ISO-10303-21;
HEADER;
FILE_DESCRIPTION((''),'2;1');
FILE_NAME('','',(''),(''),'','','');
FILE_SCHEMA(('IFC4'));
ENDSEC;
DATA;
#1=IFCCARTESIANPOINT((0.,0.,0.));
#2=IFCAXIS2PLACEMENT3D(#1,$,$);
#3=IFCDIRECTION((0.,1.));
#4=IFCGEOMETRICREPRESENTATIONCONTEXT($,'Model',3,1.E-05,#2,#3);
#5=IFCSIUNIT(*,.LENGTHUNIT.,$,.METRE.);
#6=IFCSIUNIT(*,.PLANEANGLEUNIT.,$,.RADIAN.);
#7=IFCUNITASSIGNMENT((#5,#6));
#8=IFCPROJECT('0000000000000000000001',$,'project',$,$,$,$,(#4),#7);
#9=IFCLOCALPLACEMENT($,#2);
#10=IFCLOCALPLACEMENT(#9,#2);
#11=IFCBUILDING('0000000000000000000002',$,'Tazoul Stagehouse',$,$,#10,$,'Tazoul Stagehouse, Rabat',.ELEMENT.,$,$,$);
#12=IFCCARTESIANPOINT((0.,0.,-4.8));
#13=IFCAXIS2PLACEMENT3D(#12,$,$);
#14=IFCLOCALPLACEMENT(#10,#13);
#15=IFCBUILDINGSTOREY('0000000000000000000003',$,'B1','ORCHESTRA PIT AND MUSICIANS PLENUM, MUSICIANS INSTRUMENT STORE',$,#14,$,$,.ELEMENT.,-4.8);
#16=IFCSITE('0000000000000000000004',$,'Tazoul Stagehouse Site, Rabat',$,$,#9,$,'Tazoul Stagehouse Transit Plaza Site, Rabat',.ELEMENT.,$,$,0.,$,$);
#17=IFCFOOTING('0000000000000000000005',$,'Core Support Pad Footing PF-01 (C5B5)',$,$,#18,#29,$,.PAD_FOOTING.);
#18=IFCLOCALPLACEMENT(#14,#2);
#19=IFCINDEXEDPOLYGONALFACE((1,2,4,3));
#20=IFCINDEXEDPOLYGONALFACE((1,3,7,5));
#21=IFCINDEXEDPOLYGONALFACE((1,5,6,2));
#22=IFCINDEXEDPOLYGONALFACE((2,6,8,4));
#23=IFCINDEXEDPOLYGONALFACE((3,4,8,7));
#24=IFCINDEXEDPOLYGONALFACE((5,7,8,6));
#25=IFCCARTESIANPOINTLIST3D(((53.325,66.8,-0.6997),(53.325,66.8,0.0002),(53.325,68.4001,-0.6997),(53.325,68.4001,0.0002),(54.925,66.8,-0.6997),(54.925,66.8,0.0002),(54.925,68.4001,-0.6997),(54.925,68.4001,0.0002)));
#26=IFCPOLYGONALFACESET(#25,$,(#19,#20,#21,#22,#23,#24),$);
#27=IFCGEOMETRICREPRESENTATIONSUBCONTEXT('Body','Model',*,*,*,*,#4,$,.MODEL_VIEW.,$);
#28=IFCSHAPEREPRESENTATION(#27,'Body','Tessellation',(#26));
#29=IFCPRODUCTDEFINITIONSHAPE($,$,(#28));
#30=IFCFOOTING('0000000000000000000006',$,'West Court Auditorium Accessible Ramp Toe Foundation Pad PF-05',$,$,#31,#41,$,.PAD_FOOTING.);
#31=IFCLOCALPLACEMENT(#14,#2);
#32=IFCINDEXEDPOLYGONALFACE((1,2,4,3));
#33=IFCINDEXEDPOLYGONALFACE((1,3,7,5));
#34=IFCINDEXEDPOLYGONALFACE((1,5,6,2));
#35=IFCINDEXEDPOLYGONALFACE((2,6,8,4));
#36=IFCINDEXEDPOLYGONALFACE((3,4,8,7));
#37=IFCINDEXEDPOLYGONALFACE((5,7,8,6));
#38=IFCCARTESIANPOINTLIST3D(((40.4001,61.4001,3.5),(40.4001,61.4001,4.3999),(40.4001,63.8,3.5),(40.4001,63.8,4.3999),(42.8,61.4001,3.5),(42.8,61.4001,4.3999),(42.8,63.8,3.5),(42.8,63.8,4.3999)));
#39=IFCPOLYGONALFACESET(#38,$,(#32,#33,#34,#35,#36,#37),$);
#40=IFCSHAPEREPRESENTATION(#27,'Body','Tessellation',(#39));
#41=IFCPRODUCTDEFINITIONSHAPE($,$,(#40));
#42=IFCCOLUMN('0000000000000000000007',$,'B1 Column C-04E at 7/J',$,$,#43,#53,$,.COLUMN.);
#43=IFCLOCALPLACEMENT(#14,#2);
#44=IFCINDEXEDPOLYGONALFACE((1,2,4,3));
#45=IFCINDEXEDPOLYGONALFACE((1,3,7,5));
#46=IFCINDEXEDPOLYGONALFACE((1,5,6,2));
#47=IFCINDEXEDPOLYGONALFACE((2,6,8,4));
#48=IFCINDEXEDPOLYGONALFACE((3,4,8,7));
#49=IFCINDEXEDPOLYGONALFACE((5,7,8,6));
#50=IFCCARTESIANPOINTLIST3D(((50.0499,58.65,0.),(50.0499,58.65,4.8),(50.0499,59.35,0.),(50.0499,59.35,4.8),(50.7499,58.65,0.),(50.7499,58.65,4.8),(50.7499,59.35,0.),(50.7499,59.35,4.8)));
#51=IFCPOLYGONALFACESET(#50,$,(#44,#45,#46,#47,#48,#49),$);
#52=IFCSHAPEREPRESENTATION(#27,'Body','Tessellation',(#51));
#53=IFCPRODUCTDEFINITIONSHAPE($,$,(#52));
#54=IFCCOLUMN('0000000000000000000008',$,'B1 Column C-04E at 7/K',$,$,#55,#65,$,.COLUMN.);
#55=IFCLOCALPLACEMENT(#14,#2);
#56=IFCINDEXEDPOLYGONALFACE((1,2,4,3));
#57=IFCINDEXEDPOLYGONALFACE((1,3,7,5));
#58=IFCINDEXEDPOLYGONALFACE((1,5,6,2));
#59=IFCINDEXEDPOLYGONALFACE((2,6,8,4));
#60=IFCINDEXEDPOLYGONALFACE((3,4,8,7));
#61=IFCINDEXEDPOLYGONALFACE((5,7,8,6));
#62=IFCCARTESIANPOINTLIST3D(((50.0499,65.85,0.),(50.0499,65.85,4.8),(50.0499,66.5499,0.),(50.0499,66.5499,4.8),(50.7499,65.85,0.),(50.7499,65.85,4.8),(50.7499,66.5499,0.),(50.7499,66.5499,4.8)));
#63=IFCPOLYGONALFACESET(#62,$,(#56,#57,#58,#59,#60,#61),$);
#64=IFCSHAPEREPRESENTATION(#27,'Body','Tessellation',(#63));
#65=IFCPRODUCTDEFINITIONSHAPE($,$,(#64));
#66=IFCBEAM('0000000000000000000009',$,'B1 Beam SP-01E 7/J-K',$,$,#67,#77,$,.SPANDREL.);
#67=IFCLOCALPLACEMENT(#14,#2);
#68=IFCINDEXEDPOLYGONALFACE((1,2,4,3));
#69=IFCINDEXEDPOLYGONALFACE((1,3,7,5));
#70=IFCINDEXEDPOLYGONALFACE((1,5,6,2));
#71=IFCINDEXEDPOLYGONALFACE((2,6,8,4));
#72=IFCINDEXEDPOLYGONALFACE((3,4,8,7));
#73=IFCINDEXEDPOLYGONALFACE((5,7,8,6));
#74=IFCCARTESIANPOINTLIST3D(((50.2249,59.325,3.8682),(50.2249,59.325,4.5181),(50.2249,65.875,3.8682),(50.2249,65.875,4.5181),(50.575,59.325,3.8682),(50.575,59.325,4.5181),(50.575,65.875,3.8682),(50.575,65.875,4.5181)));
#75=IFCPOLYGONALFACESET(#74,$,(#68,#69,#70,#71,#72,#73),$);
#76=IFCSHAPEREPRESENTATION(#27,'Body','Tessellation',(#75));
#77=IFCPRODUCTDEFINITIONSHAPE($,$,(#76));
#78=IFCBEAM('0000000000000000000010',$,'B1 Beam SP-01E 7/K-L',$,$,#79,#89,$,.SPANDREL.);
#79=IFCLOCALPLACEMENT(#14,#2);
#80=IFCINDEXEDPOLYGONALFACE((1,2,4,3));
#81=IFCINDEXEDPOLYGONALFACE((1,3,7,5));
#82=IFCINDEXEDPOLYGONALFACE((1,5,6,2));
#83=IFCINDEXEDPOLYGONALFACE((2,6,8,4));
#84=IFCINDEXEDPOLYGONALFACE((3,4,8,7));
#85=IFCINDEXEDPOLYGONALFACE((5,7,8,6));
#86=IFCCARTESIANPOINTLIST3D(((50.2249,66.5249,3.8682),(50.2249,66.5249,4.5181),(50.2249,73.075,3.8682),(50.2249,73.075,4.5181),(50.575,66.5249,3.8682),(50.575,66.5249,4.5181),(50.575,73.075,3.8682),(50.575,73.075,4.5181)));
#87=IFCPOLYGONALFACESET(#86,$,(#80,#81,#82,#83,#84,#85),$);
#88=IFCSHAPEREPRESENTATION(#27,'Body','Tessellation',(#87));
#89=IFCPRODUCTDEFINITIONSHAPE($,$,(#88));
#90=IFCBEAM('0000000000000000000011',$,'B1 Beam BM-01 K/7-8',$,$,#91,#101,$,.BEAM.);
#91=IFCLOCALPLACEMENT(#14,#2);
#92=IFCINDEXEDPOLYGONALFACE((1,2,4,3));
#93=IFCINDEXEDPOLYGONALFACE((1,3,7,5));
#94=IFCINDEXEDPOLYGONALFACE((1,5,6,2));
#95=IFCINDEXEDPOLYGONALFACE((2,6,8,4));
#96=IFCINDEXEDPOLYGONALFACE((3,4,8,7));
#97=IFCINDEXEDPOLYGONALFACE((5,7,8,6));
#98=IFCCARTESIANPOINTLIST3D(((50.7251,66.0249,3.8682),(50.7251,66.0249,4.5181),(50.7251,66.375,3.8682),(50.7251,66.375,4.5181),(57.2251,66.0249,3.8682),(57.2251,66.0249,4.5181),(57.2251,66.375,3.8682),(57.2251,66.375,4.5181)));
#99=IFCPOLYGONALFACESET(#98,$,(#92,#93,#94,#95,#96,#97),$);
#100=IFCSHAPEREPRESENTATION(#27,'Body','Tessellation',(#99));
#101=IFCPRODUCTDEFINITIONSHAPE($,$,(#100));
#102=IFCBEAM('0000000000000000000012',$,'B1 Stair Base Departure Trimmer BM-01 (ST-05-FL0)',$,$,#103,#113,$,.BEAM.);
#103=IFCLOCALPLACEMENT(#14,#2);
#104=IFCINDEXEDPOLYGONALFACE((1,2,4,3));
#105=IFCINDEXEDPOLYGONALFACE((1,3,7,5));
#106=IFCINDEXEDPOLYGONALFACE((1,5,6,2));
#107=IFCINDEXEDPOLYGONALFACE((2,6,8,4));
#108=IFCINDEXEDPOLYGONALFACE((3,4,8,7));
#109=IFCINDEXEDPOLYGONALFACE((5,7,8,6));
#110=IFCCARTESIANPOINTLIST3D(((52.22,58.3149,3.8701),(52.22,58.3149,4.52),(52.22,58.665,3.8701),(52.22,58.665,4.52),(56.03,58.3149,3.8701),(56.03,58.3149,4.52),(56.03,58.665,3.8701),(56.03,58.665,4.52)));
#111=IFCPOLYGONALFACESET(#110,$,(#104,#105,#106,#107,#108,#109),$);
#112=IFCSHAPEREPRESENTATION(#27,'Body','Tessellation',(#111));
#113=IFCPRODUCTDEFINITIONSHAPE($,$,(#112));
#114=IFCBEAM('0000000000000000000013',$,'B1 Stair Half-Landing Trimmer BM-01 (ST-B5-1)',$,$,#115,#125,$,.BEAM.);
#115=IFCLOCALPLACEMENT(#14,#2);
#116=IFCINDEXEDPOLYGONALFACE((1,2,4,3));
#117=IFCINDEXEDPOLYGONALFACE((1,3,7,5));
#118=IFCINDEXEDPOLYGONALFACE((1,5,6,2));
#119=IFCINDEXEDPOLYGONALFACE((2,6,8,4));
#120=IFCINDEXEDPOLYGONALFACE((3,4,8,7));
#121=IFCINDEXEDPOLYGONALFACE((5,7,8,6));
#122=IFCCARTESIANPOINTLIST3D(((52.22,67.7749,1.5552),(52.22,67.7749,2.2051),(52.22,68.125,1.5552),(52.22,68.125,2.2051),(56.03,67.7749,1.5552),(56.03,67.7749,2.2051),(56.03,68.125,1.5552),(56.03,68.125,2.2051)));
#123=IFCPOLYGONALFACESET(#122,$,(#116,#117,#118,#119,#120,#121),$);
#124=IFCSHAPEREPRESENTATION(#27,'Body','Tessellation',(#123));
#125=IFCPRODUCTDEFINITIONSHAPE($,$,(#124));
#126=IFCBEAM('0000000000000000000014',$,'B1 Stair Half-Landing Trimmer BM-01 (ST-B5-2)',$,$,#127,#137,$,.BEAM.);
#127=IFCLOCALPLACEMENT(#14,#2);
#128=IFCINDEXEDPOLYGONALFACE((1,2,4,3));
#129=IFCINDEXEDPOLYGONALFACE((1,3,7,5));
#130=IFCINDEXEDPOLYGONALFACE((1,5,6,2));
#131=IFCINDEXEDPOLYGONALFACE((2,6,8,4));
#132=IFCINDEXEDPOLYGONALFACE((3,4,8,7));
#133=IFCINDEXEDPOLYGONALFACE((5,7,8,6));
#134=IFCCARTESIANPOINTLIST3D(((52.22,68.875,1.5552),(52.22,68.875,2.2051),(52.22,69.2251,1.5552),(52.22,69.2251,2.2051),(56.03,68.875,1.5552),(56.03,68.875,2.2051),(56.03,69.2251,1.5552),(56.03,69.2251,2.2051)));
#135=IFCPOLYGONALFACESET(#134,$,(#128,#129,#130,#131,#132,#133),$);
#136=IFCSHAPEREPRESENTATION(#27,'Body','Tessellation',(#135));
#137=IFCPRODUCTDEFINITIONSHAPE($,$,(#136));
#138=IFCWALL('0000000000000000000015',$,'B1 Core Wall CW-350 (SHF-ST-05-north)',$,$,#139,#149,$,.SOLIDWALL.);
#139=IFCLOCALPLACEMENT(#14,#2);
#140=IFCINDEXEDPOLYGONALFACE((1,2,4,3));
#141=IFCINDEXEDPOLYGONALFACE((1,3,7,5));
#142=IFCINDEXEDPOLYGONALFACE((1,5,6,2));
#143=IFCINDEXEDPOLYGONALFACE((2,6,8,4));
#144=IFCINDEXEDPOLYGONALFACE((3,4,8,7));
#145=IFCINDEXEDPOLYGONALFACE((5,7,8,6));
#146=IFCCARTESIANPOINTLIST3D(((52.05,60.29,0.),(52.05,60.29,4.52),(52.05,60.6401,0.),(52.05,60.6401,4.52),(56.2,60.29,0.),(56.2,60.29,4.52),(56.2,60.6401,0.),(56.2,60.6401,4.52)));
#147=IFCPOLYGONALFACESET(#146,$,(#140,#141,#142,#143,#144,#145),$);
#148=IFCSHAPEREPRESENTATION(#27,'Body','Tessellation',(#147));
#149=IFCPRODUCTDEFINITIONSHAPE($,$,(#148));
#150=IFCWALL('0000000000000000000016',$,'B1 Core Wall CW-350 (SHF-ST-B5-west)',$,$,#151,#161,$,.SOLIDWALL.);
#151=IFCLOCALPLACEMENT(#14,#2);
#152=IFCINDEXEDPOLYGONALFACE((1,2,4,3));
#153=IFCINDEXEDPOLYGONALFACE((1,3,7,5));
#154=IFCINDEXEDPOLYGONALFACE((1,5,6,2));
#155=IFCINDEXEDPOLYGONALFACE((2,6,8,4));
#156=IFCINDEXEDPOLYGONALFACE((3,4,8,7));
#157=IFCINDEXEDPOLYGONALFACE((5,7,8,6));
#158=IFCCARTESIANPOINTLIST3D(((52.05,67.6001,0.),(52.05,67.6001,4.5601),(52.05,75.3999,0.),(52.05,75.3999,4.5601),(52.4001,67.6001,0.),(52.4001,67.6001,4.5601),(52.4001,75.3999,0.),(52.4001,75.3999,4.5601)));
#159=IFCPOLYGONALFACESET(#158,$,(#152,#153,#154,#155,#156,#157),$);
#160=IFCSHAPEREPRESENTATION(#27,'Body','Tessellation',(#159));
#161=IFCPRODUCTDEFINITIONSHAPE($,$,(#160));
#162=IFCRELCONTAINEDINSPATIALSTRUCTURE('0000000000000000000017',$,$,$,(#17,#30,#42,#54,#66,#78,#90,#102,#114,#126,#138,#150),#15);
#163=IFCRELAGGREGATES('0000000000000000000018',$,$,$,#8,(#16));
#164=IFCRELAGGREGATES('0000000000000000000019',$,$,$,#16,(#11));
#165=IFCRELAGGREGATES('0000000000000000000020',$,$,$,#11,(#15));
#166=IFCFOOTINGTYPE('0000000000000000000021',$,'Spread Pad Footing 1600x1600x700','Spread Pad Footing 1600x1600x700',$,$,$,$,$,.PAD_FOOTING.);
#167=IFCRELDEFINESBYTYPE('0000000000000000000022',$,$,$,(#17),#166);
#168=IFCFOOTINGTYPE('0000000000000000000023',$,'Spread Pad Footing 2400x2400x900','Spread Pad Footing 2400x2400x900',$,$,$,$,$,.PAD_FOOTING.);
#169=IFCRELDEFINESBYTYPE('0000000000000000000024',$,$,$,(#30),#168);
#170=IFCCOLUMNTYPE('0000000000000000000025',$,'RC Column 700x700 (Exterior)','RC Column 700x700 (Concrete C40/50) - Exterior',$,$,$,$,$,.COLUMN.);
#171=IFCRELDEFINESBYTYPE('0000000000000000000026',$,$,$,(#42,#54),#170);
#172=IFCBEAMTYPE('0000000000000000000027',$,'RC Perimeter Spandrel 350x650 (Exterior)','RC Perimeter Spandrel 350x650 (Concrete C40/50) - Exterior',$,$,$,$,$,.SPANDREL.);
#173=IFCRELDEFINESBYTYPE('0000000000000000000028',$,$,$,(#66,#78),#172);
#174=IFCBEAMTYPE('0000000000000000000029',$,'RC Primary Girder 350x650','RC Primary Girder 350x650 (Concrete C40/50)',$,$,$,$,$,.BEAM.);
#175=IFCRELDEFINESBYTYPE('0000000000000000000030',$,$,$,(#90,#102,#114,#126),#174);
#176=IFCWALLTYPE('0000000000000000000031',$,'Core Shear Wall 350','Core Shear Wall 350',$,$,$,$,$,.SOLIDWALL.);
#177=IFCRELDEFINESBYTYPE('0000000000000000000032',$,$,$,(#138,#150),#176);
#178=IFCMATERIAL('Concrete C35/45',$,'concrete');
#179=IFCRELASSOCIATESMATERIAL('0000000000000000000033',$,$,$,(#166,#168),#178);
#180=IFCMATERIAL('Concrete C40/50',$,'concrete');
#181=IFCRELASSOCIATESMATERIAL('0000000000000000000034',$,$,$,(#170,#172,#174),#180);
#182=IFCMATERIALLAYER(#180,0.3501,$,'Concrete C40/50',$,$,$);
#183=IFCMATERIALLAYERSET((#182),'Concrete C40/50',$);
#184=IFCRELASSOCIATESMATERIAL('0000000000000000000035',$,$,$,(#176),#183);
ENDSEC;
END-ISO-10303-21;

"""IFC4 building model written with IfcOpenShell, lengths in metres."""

from ifc_helpers import new_model, si_unit, direction, frame, frame_2d, origin, origin_2d, place, context, subcontext, project, spatial, rectangle, extrude, material, layer, layer_set, material_profile, profile_set, type_object, element, save


model = new_model("IFC4")

# Units and contexts
model_context = context("Model", 3, precision=1e-05, world=origin(), true_north=direction((0.0, 1.0)))
body_context = subcontext(model_context, "Body", "Model", "MODEL_VIEW")
ifc_project = project(units=[si_unit("LENGTHUNIT", "METRE"), si_unit("PLANEANGLEUNIT", "RADIAN")], contexts=[model_context])

# Site, building, storey
site_placement = place(None, origin())
site = spatial("IfcSite", under=ifc_project, at=site_placement, Name="Tazoul Stagehouse Site, Rabat", LongName="Tazoul Stagehouse Transit Plaza Site, Rabat", CompositionType="ELEMENT", RefElevation=0.0)
building_placement = place(site_placement, origin())
building = spatial("IfcBuilding", under=site, at=building_placement, Name="Tazoul Stagehouse", LongName="Tazoul Stagehouse, Rabat", CompositionType="ELEMENT")
storey_placement = place(building_placement, frame((0.0, 0.0, -4.8)))
storey = spatial("IfcBuildingStorey", under=building, at=storey_placement, Name="B1", Description="ORCHESTRA PIT AND MUSICIANS PLENUM, MUSICIANS INSTRUMENT STORE", CompositionType="ELEMENT", Elevation=-4.8)

# Shared definitions
ifc_material_1 = material(Name="Concrete C35/45", Category="concrete")

# Footings
footing_type_1 = type_object("IfcFootingType", Name="Spread Pad Footing 1600x1600x700", Description="Spread Pad Footing 1600x1600x700", PredefinedType="PAD_FOOTING", material=ifc_material_1)
for number, where, z_axis, x_axis, name in (
    (1, (54.125, 67.6001, -0.6997), (0.0, 0.0, 1.0), (1.0, 0.0, 0.0), "Core Support Pad Footing PF-01 (C5B5)"),
):
    element("IfcFooting", number, at=place(storey_placement, frame(where, z_axis=z_axis, x_axis=x_axis)), inside=storey, type_object=footing_type_1, Name=name, PredefinedType="PAD_FOOTING", context=body_context, shape_type="SweptSolid", body=[
        extrude(rectangle(XDim=1.6001, YDim=1.6001, at=origin_2d()), origin(), (0.0, 0.0, 1.0), 0.7),
    ])
footing_type_2 = type_object("IfcFootingType", Name="Spread Pad Footing 2400x2400x900", Description="Spread Pad Footing 2400x2400x900", PredefinedType="PAD_FOOTING", material=ifc_material_1)
footing_placement = place(storey_placement, frame((41.6001, 62.6001, 3.5), z_axis=(0.0, 0.0, 1.0), x_axis=(1.0, 0.0, 0.0)))
element("IfcFooting", 2, at=footing_placement, inside=storey, type_object=footing_type_2, Name="West Court Auditorium Accessible Ramp Toe Foundation Pad PF-05", PredefinedType="PAD_FOOTING", context=body_context, shape_type="SweptSolid", body=[
    extrude(rectangle(XDim=2.3999, YDim=2.3999, at=origin_2d()), origin(), (0.0, 0.0, 1.0), 0.8999),
])

# Columns
ifc_material_2 = material(Name="Concrete C40/50", Category="concrete")
ifc_material_profile_1 = material_profile(ifc_material_2, rectangle(XDim=0.7, YDim=0.7, at=origin_2d()), Name="RC 700x700")
ifc_profile_set_1 = profile_set([ifc_material_profile_1], Name="Concrete C40/50")
column_type = type_object("IfcColumnType", Name="RC Column 700x700 (Exterior)", Description="RC Column 700x700 (Concrete C40/50) - Exterior", PredefinedType="COLUMN", material=ifc_profile_set_1)
for number, where, z_axis, x_axis, name in (
    (3, (50.3999, 59.0, 0.0), (0.0, 0.0, 1.0), (1.0, 0.0, 0.0), "B1 Column C-04E at 7/J"),
    (4, (50.3999, 66.2, 0.0), (0.0, 0.0, 1.0), (1.0, 0.0, 0.0), "B1 Column C-04E at 7/K"),
):
    element("IfcColumn", number, at=place(storey_placement, frame(where, z_axis=z_axis, x_axis=x_axis)), inside=storey, type_object=column_type, Name=name, PredefinedType="COLUMN", context=body_context, shape_type="SweptSolid", body=[
        extrude(rectangle(XDim=0.7, YDim=0.7, at=origin_2d()), origin(), (0.0, 0.0, 1.0), 4.8),
    ])

# Beams
ifc_material_profile_2 = material_profile(ifc_material_2, rectangle(XDim=0.3501, YDim=0.6499, at=origin_2d()), Name="RC 350x650")
ifc_profile_set_2 = profile_set([ifc_material_profile_2], Name="Concrete C40/50")
beam_type_1 = type_object("IfcBeamType", Name="RC Perimeter Spandrel 350x650 (Exterior)", Description="RC Perimeter Spandrel 350x650 (Concrete C40/50) - Exterior", PredefinedType="SPANDREL", material=ifc_profile_set_2)
for number, where, z_axis, x_axis, name in (
    (5, (50.3999, 59.325, 4.1931), (0.0, 1.0, 0.0), (-1.0, 0.0, 0.0), "B1 Beam SP-01E 7/J-K"),
    (6, (50.3999, 66.5249, 4.1931), (0.0, 1.0, 0.0), (-1.0, 0.0, 0.0), "B1 Beam SP-01E 7/K-L"),
):
    element("IfcBeam", number, at=place(storey_placement, frame(where, z_axis=z_axis, x_axis=x_axis)), inside=storey, type_object=beam_type_1, Name=name, PredefinedType="SPANDREL", context=body_context, shape_type="SweptSolid", body=[
        extrude(rectangle(XDim=0.3501, YDim=0.6499, at=origin_2d()), origin(), (0.0, 0.0, 1.0), 6.55),
    ])
ifc_material_profile_3 = material_profile(ifc_material_2, rectangle(XDim=0.3501, YDim=0.6499, at=origin_2d()), Name="RC 350x650")
ifc_profile_set_3 = profile_set([ifc_material_profile_3], Name="Concrete C40/50")
beam_type_2 = type_object("IfcBeamType", Name="RC Primary Girder 350x650", Description="RC Primary Girder 350x650 (Concrete C40/50)", PredefinedType="BEAM", material=ifc_profile_set_3)
beam_placement = place(storey_placement, frame((50.7251, 66.2, 4.1931), z_axis=(1.0, 0.0, 0.0), x_axis=(0.0, 1.0, 0.0)))
element("IfcBeam", 7, at=beam_placement, inside=storey, type_object=beam_type_2, Name="B1 Beam BM-01 K/7-8", PredefinedType="BEAM", context=body_context, shape_type="SweptSolid", body=[
    extrude(rectangle(XDim=0.3501, YDim=0.6499, at=origin_2d()), origin(), (0.0, 0.0, 1.0), 6.5),
])
for number, where, z_axis, x_axis, name in (
    (8, (52.22, 58.49, 4.1951), (1.0, 0.0, 0.0), (0.0, 1.0, 0.0), "B1 Stair Base Departure Trimmer BM-01 (ST-05-FL0)"),
    (9, (52.22, 67.95, 1.8801), (1.0, 0.0, 0.0), (0.0, 1.0, 0.0), "B1 Stair Half-Landing Trimmer BM-01 (ST-B5-1)"),
    (10, (52.22, 69.05, 1.8801), (1.0, 0.0, 0.0), (0.0, 1.0, 0.0), "B1 Stair Half-Landing Trimmer BM-01 (ST-B5-2)"),
):
    element("IfcBeam", number, at=place(storey_placement, frame(where, z_axis=z_axis, x_axis=x_axis)), inside=storey, type_object=beam_type_2, Name=name, PredefinedType="BEAM", context=body_context, shape_type="SweptSolid", body=[
        extrude(rectangle(XDim=0.3501, YDim=0.6499, at=origin_2d()), origin(), (0.0, 0.0, 1.0), 3.8101),
    ])

# Walls
ifc_layer = layer(ifc_material_2, 0.3501, Name="Concrete C40/50")
ifc_layer_set = layer_set([ifc_layer], Name="Concrete C40/50")
wall_type = type_object("IfcWallType", Name="Core Shear Wall 350", Description="Core Shear Wall 350", PredefinedType="SOLIDWALL", material=ifc_layer_set)
wall_1_placement = place(storey_placement, frame((52.05, 60.4651, 0.0), z_axis=(0.0, 0.0, 1.0), x_axis=(1.0, 0.0, 0.0)))
element("IfcWall", 11, at=wall_1_placement, inside=storey, type_object=wall_type, Name="B1 Core Wall CW-350 (SHF-ST-05-north)", PredefinedType="SOLIDWALL", context=body_context, shape_type="SweptSolid", body=[
    extrude(rectangle(XDim=4.1499, YDim=0.3501, at=frame_2d((2.075, 0.0))), origin(), (0.0, 0.0, 1.0), 4.52),
])
wall_2_placement = place(storey_placement, frame((52.2251, 67.6001, 0.0), z_axis=(0.0, 0.0, 1.0), x_axis=(0.0, 1.0, 0.0)))
element("IfcWall", 12, at=wall_2_placement, inside=storey, type_object=wall_type, Name="B1 Core Wall CW-350 (SHF-ST-B5-west)", PredefinedType="SOLIDWALL", context=body_context, shape_type="SweptSolid", body=[
    extrude(rectangle(XDim=7.7998, YDim=0.3501, at=frame_2d((3.8999, 0.0))), origin(), (0.0, 0.0, 1.0), 4.5601),
])

save(model, "model.ifc")
